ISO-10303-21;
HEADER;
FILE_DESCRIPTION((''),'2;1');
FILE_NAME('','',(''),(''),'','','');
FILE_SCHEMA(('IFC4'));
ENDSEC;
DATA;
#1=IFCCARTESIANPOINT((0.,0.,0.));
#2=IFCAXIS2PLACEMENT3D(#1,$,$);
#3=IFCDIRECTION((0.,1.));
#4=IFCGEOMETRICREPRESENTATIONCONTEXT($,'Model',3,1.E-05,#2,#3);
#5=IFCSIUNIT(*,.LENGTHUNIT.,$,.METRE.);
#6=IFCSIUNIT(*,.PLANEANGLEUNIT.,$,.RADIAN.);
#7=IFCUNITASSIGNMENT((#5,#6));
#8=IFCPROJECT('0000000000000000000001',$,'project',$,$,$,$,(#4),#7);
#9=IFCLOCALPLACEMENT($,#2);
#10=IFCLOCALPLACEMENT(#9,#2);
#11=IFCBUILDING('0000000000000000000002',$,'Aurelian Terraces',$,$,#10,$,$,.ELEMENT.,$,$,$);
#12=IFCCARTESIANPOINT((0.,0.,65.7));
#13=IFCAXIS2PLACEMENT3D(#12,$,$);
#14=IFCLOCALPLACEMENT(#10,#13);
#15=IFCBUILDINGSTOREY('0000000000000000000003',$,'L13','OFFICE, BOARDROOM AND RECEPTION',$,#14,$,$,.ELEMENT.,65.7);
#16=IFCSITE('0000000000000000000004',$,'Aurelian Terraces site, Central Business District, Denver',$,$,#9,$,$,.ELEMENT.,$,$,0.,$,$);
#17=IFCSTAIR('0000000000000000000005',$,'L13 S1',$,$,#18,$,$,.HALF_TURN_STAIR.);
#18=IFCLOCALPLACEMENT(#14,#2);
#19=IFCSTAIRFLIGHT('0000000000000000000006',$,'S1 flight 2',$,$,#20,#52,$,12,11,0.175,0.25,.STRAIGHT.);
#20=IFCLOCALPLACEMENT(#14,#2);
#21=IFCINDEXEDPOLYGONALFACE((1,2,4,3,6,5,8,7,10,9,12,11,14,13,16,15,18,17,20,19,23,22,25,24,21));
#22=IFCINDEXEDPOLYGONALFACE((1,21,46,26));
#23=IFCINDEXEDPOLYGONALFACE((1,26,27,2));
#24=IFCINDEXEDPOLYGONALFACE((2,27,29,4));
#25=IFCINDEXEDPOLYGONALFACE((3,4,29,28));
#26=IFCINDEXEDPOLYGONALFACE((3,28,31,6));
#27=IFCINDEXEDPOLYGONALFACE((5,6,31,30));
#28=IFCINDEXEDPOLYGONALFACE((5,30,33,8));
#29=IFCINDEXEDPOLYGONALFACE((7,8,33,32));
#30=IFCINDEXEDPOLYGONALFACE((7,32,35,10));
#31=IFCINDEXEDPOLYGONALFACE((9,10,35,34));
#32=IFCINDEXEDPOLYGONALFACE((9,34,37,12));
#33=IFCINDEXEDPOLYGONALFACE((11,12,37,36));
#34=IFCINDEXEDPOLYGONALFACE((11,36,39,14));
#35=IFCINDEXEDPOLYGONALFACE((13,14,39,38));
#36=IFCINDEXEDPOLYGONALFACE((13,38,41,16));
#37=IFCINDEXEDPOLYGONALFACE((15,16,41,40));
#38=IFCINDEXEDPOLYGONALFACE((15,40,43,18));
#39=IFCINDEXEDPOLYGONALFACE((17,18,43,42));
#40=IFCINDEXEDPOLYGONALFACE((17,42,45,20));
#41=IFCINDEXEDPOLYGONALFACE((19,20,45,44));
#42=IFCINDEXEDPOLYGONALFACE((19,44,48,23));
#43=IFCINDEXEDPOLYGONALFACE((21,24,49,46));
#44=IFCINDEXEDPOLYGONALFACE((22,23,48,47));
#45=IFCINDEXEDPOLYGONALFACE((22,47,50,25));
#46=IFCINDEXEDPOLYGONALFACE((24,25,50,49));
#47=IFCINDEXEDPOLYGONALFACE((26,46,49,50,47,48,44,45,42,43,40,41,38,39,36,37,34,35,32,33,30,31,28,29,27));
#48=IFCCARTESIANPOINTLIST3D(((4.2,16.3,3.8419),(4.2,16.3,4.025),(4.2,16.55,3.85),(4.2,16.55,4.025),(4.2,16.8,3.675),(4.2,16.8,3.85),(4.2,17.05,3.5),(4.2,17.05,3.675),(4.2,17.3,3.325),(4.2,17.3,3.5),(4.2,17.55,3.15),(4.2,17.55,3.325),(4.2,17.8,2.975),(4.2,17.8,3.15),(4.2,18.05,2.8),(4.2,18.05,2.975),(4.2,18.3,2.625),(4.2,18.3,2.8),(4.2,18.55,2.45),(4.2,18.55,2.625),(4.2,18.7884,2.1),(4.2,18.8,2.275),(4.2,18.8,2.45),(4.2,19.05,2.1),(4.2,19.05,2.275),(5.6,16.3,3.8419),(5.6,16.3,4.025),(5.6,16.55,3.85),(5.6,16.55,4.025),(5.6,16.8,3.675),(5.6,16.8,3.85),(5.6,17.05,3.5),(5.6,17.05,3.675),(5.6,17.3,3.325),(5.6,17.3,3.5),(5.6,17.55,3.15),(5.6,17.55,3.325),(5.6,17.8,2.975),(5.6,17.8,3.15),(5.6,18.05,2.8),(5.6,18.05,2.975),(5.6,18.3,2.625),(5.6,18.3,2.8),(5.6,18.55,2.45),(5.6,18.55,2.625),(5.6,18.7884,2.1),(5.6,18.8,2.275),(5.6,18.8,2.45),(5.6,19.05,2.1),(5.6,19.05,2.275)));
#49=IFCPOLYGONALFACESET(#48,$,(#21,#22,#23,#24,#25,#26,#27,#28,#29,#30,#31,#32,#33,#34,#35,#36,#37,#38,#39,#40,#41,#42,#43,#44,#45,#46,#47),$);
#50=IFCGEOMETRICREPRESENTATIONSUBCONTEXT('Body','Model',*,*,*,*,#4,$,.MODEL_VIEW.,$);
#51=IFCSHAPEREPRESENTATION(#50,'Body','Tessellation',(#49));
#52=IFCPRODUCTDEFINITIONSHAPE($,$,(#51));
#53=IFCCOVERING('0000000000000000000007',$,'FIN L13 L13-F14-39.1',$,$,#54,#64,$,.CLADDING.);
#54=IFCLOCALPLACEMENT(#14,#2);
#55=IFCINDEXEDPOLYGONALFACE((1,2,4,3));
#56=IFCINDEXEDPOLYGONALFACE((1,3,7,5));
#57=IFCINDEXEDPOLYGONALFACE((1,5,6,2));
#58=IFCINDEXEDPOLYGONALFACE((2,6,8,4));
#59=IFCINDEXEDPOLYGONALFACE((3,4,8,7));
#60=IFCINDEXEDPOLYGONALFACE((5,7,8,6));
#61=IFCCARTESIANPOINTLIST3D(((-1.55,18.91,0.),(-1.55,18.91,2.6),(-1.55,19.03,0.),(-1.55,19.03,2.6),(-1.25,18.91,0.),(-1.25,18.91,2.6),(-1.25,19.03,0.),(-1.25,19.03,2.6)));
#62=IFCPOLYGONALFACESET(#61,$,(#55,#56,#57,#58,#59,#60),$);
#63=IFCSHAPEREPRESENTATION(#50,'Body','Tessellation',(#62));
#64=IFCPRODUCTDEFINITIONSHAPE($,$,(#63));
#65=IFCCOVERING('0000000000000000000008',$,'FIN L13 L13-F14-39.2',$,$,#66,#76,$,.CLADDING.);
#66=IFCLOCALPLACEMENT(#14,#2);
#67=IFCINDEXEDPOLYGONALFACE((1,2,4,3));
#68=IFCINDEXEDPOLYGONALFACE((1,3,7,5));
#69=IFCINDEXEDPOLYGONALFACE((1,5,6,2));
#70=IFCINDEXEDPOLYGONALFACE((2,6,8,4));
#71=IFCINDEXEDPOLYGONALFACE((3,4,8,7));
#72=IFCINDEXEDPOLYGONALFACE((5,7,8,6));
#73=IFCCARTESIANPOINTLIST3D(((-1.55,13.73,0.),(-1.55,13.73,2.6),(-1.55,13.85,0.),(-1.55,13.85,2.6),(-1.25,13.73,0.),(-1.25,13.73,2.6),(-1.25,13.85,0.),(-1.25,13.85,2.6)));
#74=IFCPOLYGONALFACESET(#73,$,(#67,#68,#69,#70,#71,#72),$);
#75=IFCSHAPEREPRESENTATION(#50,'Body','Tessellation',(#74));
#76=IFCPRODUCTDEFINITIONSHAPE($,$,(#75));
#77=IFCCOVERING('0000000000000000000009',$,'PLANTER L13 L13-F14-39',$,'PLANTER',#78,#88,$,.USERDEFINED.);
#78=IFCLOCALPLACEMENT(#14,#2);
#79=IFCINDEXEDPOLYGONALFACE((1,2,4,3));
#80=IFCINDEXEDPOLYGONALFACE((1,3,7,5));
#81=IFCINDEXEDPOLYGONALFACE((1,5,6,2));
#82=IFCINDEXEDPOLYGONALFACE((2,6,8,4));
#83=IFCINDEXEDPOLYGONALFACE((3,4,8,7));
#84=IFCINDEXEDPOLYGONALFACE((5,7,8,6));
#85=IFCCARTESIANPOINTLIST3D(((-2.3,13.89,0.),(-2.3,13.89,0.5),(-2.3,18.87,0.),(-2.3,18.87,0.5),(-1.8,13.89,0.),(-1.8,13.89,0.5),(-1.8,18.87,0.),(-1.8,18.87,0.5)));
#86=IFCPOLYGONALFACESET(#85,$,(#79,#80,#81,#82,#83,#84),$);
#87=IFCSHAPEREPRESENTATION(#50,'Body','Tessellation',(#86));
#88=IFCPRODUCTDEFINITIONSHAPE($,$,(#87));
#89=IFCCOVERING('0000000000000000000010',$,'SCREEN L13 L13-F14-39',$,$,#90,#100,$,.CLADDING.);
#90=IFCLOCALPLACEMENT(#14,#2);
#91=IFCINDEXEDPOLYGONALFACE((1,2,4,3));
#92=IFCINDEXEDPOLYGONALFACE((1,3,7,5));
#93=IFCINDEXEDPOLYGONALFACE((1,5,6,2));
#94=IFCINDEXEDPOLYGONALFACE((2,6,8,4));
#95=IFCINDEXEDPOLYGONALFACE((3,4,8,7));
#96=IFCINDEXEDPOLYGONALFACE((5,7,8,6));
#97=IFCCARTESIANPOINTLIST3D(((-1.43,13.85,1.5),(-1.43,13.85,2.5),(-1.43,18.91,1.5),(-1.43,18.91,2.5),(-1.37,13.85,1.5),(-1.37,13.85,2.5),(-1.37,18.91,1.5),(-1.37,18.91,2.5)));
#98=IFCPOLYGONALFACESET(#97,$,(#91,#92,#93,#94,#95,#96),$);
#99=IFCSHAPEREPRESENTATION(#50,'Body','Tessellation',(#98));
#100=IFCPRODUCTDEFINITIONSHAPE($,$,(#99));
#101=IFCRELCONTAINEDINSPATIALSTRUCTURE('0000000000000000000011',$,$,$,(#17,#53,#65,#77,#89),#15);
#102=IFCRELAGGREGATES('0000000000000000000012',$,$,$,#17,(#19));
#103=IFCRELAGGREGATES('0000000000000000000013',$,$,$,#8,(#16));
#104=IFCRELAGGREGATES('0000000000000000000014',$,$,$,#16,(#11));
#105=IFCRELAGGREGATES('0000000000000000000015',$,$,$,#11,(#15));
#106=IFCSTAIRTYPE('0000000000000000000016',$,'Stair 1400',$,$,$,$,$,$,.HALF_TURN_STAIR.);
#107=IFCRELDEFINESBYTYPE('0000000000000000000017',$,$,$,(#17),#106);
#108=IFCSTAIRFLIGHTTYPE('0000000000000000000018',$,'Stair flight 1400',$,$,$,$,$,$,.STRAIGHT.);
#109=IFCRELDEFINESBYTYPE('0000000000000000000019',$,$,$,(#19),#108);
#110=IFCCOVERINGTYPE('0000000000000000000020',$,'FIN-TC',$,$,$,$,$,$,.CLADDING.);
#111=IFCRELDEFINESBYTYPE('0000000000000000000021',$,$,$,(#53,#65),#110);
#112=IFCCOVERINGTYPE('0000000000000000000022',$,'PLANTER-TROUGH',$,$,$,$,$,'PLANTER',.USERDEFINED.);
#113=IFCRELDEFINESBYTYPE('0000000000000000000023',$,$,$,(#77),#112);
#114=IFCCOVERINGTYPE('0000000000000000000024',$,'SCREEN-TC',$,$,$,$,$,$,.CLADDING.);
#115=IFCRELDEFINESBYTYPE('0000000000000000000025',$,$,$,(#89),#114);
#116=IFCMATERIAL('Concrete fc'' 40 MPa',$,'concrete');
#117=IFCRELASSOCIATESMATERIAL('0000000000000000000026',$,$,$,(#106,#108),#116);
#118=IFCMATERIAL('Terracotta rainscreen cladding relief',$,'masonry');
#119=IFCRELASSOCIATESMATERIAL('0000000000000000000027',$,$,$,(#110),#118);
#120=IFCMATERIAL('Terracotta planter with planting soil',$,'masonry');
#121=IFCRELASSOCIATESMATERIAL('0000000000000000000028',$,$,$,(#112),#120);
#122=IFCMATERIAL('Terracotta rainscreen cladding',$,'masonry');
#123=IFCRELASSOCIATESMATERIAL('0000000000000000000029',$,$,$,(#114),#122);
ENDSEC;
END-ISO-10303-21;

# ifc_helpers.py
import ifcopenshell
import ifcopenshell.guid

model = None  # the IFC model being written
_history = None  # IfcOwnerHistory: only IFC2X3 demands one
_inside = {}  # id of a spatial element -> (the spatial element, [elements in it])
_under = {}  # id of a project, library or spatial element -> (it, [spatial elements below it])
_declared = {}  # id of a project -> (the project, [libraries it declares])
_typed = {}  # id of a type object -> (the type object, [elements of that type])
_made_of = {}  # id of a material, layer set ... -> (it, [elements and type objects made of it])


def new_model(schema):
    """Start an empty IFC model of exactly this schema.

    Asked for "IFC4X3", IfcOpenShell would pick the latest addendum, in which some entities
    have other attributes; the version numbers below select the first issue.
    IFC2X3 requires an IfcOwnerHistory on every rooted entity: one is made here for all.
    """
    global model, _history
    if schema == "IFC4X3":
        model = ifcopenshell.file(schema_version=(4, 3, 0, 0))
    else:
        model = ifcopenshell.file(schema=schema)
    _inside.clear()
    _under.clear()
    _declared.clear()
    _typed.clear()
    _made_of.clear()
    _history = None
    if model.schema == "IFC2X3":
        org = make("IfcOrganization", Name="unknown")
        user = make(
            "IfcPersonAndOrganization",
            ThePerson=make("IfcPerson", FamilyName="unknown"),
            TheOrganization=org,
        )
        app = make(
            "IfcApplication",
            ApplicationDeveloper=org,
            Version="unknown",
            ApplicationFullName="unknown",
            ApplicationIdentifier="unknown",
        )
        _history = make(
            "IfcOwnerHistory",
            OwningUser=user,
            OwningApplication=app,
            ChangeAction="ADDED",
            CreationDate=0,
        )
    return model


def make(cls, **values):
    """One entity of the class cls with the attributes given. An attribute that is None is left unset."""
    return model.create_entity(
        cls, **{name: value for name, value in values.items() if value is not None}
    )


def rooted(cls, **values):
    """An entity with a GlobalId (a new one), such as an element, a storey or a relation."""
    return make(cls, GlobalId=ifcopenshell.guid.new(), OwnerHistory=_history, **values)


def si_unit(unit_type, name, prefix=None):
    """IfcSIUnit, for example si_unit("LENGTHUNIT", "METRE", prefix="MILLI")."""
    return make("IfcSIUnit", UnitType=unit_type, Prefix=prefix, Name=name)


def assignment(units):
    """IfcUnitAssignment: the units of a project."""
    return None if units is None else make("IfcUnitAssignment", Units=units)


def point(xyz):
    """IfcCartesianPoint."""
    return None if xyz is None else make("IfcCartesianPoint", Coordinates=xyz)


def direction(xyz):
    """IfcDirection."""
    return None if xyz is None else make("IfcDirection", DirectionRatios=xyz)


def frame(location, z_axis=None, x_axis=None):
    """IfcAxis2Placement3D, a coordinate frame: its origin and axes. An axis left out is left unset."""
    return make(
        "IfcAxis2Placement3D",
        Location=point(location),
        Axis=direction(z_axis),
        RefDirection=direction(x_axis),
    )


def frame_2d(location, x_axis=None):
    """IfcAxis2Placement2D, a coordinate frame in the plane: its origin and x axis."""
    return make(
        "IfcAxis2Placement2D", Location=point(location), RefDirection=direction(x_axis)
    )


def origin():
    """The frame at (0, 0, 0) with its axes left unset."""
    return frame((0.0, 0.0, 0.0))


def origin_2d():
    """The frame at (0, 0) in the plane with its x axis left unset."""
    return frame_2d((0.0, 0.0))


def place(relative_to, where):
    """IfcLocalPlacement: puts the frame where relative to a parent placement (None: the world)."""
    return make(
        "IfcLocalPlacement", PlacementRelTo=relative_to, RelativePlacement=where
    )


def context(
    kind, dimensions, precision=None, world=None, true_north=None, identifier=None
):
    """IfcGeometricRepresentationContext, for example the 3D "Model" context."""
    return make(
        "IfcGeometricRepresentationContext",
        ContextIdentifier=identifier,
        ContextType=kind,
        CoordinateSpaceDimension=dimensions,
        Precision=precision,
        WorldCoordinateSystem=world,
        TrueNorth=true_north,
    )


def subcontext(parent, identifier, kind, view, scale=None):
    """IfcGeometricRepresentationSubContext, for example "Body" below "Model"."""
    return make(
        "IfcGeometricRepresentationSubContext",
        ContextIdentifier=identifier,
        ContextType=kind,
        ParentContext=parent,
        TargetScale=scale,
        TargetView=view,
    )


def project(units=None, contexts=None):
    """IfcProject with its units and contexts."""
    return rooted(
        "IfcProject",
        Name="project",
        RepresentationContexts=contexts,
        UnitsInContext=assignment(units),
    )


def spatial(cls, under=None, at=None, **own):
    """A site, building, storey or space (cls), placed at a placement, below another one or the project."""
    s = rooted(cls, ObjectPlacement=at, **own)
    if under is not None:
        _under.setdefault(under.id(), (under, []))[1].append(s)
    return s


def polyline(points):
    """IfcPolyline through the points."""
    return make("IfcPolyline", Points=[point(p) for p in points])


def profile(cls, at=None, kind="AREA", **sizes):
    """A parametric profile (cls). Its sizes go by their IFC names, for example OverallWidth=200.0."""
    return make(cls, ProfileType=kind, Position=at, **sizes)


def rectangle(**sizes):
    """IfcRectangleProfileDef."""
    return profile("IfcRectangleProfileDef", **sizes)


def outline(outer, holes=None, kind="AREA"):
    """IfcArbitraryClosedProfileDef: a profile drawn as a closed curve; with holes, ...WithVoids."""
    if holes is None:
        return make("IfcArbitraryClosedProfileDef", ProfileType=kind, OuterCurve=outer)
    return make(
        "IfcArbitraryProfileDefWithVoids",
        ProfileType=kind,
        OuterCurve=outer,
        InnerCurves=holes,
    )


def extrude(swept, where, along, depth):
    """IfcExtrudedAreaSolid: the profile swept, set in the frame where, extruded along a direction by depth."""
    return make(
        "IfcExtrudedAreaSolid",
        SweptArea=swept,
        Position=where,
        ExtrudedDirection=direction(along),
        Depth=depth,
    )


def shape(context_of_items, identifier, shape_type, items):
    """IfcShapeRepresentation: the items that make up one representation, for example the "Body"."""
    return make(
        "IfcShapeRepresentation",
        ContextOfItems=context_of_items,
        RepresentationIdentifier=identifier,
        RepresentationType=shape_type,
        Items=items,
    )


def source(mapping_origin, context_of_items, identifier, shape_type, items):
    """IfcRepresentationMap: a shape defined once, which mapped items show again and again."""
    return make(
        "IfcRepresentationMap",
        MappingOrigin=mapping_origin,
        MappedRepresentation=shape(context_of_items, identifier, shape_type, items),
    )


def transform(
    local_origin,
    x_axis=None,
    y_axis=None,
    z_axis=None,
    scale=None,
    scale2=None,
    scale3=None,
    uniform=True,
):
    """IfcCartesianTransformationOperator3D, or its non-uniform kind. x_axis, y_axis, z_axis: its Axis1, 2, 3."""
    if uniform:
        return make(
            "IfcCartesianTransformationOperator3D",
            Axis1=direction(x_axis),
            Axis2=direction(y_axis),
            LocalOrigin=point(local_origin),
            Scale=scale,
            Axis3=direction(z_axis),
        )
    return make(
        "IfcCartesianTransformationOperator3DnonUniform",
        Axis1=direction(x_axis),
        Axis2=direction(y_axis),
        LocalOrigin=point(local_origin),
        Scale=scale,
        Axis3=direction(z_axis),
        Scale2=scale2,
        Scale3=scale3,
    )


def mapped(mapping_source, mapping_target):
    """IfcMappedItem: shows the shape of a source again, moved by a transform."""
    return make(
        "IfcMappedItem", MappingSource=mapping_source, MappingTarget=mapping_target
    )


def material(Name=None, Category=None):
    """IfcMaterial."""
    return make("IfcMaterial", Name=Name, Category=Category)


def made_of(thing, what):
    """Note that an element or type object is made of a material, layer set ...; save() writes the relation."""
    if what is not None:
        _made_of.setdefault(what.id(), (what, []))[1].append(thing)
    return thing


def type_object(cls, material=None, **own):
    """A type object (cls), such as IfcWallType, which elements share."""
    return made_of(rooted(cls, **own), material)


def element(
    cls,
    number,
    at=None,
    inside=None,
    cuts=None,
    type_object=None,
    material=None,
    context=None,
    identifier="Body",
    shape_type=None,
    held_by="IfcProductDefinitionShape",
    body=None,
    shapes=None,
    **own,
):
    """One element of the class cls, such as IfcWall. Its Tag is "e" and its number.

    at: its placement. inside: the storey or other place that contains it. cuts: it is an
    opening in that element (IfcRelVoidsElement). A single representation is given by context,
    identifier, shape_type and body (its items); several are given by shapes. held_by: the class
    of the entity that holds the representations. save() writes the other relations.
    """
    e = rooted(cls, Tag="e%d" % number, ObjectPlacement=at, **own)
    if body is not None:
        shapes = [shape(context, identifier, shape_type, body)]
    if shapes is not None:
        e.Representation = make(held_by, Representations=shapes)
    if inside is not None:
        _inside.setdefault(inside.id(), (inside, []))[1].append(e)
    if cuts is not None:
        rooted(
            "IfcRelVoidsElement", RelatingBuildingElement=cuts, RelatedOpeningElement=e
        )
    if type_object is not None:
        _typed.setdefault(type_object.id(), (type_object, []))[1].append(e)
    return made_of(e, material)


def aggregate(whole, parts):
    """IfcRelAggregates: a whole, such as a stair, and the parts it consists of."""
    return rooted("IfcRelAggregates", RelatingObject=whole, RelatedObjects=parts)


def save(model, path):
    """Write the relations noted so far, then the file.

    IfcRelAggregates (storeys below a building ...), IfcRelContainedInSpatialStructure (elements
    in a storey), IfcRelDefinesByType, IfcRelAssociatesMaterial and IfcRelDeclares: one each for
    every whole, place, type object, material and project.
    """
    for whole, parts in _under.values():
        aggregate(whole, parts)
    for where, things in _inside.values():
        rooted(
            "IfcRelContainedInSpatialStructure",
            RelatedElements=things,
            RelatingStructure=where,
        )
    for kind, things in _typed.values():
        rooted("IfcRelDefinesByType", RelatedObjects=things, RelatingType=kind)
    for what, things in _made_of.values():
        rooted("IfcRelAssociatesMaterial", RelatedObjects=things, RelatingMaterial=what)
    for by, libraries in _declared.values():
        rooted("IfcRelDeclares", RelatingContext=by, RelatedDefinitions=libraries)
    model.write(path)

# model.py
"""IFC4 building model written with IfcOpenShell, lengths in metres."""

from ifc_helpers import new_model, si_unit, direction, frame, origin, origin_2d, place, context, subcontext, project, spatial, polyline, rectangle, outline, extrude, source, transform, mapped, material, type_object, element, aggregate, save


model = new_model("IFC4")

# Units and contexts
model_context = context("Model", 3, precision=1e-05, world=origin(), true_north=direction((0.0, 1.0)))
body_context = subcontext(model_context, "Body", "Model", "MODEL_VIEW")
ifc_project = project(units=[si_unit("LENGTHUNIT", "METRE"), si_unit("PLANEANGLEUNIT", "RADIAN")], contexts=[model_context])

# Site, building, storey
site_placement = place(None, origin())
site = spatial("IfcSite", under=ifc_project, at=site_placement, Name="Aurelian Terraces site, Central Business District, Denver", CompositionType="ELEMENT", RefElevation=0.0)
building_placement = place(site_placement, origin())
building = spatial("IfcBuilding", under=site, at=building_placement, Name="Aurelian Terraces", CompositionType="ELEMENT")
storey_placement = place(building_placement, frame((0.0, 0.0, 65.7)))
storey = spatial("IfcBuildingStorey", under=building, at=storey_placement, Name="L13", Description="OFFICE, BOARDROOM AND RECEPTION", CompositionType="ELEMENT", Elevation=65.7)

# Shared definitions
ifc_material_1 = material(Name="Terracotta rainscreen cladding", Category="masonry")

# Shared definitions
ifc_material_2 = material(Name="Concrete fc' 40 MPa", Category="concrete")

# Stair, stair flight
stair_type = type_object("IfcStairType", Name="Stair 1400", PredefinedType="HALF_TURN_STAIR", material=ifc_material_2)
stair_placement = place(storey_placement, origin())
stair = element("IfcStair", 1, at=stair_placement, inside=storey, type_object=stair_type, Name="L13 S1", PredefinedType="HALF_TURN_STAIR")
stair_flight_type = type_object("IfcStairFlightType", Name="Stair flight 1400", PredefinedType="STRAIGHT", material=ifc_material_2)
shared_shape_1 = source(origin(), body_context, "Body", "SweptSolid", [
    extrude(outline(polyline([(0.0, 0.0), (0.0, 0.175), (0.25, 0.175), (0.25, 0.35), (0.5, 0.35), (0.5, 0.525), (0.75, 0.525), (0.75, 0.7), (1.0, 0.7), (1.0, 0.875), (1.25, 0.875), (1.25, 1.05), (1.5, 1.05), (1.5, 1.225), (1.75, 1.225), (1.75, 1.4), (2.0, 1.4), (2.0, 1.575), (2.25, 1.575), (2.25, 1.75), (2.5, 1.75), (2.5, 1.925), (2.75, 1.925), (2.75, 2.1), (2.75, 1.7419), (0.2616, 0.0), (0.0, 0.0)])), frame((0.0, 0.7, 0.0), z_axis=(0.0, -1.0, 0.0), x_axis=(1.0, 0.0, 0.0)), (0.0, 0.0, 1.0), 1.4),
])
stair_flight_placement = place(storey_placement, frame((4.9, 19.05, 2.1), z_axis=(0.0, 0.0, 1.0), x_axis=(0.0, -1.0, 0.0)))
stair_flight = element("IfcStairFlight", 2, at=stair_flight_placement, type_object=stair_flight_type, Name="S1 flight 2", NumberOfRisers=12, NumberOfTreads=11, PredefinedType="STRAIGHT", RiserHeight=0.175, TreadLength=0.25, context=body_context, shape_type="MappedRepresentation", body=[
    mapped(shared_shape_1, transform((0.0, 0.0, 0.0), scale=1.0)),
])
aggregate(stair, [stair_flight])

# Coverings
ifc_material_3 = material(Name="Terracotta rainscreen cladding relief", Category="masonry")
covering_type_1 = type_object("IfcCoveringType", Name="FIN-TC", PredefinedType="CLADDING", material=ifc_material_3)
shared_shape_2 = source(origin(), body_context, "Body", "SweptSolid", [
    extrude(rectangle(XDim=0.3, YDim=0.12, at=origin_2d()), origin(), (0.0, 0.0, 1.0), 2.6),
])
for number, where, z_axis, x_axis, name in (
    (3, (-1.4, 18.97, 0.0), (0.0, 0.0, 1.0), (1.0, 0.0, 0.0), "FIN L13 L13-F14-39.1"),
    (4, (-1.4, 13.79, 0.0), (0.0, 0.0, 1.0), (1.0, 0.0, 0.0), "FIN L13 L13-F14-39.2"),
):
    element("IfcCovering", number, at=place(storey_placement, frame(where, z_axis=z_axis, x_axis=x_axis)), inside=storey, type_object=covering_type_1, Name=name, PredefinedType="CLADDING", context=body_context, shape_type="MappedRepresentation", body=[
        mapped(shared_shape_2, transform((0.0, 0.0, 0.0), scale=1.0)),
    ])
ifc_material_4 = material(Name="Terracotta planter with planting soil", Category="masonry")
covering_type_2 = type_object("IfcCoveringType", Name="PLANTER-TROUGH", ElementType="PLANTER", PredefinedType="USERDEFINED", material=ifc_material_4)
shared_shape_3 = source(origin(), body_context, "Body", "SweptSolid", [
    extrude(rectangle(XDim=0.5, YDim=4.98, at=origin_2d()), origin(), (0.0, 0.0, 1.0), 0.5),
])
covering_1_placement = place(storey_placement, frame((-2.05, 16.38, 0.0), z_axis=(0.0, 0.0, 1.0), x_axis=(1.0, 0.0, 0.0)))
element("IfcCovering", 5, at=covering_1_placement, inside=storey, type_object=covering_type_2, Name="PLANTER L13 L13-F14-39", ObjectType="PLANTER", PredefinedType="USERDEFINED", context=body_context, shape_type="MappedRepresentation", body=[
    mapped(shared_shape_3, transform((0.0, 0.0, 0.0), scale=1.0)),
])
covering_type_3 = type_object("IfcCoveringType", Name="SCREEN-TC", PredefinedType="CLADDING", material=ifc_material_1)
shared_shape_4 = source(origin(), body_context, "Body", "SweptSolid", [
    extrude(rectangle(XDim=0.06, YDim=5.06, at=origin_2d()), origin(), (0.0, 0.0, 1.0), 1.0),
])
covering_2_placement = place(storey_placement, frame((-1.4, 16.38, 1.5), z_axis=(0.0, 0.0, 1.0), x_axis=(1.0, 0.0, 0.0)))
element("IfcCovering", 6, at=covering_2_placement, inside=storey, type_object=covering_type_3, Name="SCREEN L13 L13-F14-39", PredefinedType="CLADDING", context=body_context, shape_type="MappedRepresentation", body=[
    mapped(shared_shape_4, transform((0.0, 0.0, 0.0), scale=1.0)),
])

save(model, "model.ifc")
